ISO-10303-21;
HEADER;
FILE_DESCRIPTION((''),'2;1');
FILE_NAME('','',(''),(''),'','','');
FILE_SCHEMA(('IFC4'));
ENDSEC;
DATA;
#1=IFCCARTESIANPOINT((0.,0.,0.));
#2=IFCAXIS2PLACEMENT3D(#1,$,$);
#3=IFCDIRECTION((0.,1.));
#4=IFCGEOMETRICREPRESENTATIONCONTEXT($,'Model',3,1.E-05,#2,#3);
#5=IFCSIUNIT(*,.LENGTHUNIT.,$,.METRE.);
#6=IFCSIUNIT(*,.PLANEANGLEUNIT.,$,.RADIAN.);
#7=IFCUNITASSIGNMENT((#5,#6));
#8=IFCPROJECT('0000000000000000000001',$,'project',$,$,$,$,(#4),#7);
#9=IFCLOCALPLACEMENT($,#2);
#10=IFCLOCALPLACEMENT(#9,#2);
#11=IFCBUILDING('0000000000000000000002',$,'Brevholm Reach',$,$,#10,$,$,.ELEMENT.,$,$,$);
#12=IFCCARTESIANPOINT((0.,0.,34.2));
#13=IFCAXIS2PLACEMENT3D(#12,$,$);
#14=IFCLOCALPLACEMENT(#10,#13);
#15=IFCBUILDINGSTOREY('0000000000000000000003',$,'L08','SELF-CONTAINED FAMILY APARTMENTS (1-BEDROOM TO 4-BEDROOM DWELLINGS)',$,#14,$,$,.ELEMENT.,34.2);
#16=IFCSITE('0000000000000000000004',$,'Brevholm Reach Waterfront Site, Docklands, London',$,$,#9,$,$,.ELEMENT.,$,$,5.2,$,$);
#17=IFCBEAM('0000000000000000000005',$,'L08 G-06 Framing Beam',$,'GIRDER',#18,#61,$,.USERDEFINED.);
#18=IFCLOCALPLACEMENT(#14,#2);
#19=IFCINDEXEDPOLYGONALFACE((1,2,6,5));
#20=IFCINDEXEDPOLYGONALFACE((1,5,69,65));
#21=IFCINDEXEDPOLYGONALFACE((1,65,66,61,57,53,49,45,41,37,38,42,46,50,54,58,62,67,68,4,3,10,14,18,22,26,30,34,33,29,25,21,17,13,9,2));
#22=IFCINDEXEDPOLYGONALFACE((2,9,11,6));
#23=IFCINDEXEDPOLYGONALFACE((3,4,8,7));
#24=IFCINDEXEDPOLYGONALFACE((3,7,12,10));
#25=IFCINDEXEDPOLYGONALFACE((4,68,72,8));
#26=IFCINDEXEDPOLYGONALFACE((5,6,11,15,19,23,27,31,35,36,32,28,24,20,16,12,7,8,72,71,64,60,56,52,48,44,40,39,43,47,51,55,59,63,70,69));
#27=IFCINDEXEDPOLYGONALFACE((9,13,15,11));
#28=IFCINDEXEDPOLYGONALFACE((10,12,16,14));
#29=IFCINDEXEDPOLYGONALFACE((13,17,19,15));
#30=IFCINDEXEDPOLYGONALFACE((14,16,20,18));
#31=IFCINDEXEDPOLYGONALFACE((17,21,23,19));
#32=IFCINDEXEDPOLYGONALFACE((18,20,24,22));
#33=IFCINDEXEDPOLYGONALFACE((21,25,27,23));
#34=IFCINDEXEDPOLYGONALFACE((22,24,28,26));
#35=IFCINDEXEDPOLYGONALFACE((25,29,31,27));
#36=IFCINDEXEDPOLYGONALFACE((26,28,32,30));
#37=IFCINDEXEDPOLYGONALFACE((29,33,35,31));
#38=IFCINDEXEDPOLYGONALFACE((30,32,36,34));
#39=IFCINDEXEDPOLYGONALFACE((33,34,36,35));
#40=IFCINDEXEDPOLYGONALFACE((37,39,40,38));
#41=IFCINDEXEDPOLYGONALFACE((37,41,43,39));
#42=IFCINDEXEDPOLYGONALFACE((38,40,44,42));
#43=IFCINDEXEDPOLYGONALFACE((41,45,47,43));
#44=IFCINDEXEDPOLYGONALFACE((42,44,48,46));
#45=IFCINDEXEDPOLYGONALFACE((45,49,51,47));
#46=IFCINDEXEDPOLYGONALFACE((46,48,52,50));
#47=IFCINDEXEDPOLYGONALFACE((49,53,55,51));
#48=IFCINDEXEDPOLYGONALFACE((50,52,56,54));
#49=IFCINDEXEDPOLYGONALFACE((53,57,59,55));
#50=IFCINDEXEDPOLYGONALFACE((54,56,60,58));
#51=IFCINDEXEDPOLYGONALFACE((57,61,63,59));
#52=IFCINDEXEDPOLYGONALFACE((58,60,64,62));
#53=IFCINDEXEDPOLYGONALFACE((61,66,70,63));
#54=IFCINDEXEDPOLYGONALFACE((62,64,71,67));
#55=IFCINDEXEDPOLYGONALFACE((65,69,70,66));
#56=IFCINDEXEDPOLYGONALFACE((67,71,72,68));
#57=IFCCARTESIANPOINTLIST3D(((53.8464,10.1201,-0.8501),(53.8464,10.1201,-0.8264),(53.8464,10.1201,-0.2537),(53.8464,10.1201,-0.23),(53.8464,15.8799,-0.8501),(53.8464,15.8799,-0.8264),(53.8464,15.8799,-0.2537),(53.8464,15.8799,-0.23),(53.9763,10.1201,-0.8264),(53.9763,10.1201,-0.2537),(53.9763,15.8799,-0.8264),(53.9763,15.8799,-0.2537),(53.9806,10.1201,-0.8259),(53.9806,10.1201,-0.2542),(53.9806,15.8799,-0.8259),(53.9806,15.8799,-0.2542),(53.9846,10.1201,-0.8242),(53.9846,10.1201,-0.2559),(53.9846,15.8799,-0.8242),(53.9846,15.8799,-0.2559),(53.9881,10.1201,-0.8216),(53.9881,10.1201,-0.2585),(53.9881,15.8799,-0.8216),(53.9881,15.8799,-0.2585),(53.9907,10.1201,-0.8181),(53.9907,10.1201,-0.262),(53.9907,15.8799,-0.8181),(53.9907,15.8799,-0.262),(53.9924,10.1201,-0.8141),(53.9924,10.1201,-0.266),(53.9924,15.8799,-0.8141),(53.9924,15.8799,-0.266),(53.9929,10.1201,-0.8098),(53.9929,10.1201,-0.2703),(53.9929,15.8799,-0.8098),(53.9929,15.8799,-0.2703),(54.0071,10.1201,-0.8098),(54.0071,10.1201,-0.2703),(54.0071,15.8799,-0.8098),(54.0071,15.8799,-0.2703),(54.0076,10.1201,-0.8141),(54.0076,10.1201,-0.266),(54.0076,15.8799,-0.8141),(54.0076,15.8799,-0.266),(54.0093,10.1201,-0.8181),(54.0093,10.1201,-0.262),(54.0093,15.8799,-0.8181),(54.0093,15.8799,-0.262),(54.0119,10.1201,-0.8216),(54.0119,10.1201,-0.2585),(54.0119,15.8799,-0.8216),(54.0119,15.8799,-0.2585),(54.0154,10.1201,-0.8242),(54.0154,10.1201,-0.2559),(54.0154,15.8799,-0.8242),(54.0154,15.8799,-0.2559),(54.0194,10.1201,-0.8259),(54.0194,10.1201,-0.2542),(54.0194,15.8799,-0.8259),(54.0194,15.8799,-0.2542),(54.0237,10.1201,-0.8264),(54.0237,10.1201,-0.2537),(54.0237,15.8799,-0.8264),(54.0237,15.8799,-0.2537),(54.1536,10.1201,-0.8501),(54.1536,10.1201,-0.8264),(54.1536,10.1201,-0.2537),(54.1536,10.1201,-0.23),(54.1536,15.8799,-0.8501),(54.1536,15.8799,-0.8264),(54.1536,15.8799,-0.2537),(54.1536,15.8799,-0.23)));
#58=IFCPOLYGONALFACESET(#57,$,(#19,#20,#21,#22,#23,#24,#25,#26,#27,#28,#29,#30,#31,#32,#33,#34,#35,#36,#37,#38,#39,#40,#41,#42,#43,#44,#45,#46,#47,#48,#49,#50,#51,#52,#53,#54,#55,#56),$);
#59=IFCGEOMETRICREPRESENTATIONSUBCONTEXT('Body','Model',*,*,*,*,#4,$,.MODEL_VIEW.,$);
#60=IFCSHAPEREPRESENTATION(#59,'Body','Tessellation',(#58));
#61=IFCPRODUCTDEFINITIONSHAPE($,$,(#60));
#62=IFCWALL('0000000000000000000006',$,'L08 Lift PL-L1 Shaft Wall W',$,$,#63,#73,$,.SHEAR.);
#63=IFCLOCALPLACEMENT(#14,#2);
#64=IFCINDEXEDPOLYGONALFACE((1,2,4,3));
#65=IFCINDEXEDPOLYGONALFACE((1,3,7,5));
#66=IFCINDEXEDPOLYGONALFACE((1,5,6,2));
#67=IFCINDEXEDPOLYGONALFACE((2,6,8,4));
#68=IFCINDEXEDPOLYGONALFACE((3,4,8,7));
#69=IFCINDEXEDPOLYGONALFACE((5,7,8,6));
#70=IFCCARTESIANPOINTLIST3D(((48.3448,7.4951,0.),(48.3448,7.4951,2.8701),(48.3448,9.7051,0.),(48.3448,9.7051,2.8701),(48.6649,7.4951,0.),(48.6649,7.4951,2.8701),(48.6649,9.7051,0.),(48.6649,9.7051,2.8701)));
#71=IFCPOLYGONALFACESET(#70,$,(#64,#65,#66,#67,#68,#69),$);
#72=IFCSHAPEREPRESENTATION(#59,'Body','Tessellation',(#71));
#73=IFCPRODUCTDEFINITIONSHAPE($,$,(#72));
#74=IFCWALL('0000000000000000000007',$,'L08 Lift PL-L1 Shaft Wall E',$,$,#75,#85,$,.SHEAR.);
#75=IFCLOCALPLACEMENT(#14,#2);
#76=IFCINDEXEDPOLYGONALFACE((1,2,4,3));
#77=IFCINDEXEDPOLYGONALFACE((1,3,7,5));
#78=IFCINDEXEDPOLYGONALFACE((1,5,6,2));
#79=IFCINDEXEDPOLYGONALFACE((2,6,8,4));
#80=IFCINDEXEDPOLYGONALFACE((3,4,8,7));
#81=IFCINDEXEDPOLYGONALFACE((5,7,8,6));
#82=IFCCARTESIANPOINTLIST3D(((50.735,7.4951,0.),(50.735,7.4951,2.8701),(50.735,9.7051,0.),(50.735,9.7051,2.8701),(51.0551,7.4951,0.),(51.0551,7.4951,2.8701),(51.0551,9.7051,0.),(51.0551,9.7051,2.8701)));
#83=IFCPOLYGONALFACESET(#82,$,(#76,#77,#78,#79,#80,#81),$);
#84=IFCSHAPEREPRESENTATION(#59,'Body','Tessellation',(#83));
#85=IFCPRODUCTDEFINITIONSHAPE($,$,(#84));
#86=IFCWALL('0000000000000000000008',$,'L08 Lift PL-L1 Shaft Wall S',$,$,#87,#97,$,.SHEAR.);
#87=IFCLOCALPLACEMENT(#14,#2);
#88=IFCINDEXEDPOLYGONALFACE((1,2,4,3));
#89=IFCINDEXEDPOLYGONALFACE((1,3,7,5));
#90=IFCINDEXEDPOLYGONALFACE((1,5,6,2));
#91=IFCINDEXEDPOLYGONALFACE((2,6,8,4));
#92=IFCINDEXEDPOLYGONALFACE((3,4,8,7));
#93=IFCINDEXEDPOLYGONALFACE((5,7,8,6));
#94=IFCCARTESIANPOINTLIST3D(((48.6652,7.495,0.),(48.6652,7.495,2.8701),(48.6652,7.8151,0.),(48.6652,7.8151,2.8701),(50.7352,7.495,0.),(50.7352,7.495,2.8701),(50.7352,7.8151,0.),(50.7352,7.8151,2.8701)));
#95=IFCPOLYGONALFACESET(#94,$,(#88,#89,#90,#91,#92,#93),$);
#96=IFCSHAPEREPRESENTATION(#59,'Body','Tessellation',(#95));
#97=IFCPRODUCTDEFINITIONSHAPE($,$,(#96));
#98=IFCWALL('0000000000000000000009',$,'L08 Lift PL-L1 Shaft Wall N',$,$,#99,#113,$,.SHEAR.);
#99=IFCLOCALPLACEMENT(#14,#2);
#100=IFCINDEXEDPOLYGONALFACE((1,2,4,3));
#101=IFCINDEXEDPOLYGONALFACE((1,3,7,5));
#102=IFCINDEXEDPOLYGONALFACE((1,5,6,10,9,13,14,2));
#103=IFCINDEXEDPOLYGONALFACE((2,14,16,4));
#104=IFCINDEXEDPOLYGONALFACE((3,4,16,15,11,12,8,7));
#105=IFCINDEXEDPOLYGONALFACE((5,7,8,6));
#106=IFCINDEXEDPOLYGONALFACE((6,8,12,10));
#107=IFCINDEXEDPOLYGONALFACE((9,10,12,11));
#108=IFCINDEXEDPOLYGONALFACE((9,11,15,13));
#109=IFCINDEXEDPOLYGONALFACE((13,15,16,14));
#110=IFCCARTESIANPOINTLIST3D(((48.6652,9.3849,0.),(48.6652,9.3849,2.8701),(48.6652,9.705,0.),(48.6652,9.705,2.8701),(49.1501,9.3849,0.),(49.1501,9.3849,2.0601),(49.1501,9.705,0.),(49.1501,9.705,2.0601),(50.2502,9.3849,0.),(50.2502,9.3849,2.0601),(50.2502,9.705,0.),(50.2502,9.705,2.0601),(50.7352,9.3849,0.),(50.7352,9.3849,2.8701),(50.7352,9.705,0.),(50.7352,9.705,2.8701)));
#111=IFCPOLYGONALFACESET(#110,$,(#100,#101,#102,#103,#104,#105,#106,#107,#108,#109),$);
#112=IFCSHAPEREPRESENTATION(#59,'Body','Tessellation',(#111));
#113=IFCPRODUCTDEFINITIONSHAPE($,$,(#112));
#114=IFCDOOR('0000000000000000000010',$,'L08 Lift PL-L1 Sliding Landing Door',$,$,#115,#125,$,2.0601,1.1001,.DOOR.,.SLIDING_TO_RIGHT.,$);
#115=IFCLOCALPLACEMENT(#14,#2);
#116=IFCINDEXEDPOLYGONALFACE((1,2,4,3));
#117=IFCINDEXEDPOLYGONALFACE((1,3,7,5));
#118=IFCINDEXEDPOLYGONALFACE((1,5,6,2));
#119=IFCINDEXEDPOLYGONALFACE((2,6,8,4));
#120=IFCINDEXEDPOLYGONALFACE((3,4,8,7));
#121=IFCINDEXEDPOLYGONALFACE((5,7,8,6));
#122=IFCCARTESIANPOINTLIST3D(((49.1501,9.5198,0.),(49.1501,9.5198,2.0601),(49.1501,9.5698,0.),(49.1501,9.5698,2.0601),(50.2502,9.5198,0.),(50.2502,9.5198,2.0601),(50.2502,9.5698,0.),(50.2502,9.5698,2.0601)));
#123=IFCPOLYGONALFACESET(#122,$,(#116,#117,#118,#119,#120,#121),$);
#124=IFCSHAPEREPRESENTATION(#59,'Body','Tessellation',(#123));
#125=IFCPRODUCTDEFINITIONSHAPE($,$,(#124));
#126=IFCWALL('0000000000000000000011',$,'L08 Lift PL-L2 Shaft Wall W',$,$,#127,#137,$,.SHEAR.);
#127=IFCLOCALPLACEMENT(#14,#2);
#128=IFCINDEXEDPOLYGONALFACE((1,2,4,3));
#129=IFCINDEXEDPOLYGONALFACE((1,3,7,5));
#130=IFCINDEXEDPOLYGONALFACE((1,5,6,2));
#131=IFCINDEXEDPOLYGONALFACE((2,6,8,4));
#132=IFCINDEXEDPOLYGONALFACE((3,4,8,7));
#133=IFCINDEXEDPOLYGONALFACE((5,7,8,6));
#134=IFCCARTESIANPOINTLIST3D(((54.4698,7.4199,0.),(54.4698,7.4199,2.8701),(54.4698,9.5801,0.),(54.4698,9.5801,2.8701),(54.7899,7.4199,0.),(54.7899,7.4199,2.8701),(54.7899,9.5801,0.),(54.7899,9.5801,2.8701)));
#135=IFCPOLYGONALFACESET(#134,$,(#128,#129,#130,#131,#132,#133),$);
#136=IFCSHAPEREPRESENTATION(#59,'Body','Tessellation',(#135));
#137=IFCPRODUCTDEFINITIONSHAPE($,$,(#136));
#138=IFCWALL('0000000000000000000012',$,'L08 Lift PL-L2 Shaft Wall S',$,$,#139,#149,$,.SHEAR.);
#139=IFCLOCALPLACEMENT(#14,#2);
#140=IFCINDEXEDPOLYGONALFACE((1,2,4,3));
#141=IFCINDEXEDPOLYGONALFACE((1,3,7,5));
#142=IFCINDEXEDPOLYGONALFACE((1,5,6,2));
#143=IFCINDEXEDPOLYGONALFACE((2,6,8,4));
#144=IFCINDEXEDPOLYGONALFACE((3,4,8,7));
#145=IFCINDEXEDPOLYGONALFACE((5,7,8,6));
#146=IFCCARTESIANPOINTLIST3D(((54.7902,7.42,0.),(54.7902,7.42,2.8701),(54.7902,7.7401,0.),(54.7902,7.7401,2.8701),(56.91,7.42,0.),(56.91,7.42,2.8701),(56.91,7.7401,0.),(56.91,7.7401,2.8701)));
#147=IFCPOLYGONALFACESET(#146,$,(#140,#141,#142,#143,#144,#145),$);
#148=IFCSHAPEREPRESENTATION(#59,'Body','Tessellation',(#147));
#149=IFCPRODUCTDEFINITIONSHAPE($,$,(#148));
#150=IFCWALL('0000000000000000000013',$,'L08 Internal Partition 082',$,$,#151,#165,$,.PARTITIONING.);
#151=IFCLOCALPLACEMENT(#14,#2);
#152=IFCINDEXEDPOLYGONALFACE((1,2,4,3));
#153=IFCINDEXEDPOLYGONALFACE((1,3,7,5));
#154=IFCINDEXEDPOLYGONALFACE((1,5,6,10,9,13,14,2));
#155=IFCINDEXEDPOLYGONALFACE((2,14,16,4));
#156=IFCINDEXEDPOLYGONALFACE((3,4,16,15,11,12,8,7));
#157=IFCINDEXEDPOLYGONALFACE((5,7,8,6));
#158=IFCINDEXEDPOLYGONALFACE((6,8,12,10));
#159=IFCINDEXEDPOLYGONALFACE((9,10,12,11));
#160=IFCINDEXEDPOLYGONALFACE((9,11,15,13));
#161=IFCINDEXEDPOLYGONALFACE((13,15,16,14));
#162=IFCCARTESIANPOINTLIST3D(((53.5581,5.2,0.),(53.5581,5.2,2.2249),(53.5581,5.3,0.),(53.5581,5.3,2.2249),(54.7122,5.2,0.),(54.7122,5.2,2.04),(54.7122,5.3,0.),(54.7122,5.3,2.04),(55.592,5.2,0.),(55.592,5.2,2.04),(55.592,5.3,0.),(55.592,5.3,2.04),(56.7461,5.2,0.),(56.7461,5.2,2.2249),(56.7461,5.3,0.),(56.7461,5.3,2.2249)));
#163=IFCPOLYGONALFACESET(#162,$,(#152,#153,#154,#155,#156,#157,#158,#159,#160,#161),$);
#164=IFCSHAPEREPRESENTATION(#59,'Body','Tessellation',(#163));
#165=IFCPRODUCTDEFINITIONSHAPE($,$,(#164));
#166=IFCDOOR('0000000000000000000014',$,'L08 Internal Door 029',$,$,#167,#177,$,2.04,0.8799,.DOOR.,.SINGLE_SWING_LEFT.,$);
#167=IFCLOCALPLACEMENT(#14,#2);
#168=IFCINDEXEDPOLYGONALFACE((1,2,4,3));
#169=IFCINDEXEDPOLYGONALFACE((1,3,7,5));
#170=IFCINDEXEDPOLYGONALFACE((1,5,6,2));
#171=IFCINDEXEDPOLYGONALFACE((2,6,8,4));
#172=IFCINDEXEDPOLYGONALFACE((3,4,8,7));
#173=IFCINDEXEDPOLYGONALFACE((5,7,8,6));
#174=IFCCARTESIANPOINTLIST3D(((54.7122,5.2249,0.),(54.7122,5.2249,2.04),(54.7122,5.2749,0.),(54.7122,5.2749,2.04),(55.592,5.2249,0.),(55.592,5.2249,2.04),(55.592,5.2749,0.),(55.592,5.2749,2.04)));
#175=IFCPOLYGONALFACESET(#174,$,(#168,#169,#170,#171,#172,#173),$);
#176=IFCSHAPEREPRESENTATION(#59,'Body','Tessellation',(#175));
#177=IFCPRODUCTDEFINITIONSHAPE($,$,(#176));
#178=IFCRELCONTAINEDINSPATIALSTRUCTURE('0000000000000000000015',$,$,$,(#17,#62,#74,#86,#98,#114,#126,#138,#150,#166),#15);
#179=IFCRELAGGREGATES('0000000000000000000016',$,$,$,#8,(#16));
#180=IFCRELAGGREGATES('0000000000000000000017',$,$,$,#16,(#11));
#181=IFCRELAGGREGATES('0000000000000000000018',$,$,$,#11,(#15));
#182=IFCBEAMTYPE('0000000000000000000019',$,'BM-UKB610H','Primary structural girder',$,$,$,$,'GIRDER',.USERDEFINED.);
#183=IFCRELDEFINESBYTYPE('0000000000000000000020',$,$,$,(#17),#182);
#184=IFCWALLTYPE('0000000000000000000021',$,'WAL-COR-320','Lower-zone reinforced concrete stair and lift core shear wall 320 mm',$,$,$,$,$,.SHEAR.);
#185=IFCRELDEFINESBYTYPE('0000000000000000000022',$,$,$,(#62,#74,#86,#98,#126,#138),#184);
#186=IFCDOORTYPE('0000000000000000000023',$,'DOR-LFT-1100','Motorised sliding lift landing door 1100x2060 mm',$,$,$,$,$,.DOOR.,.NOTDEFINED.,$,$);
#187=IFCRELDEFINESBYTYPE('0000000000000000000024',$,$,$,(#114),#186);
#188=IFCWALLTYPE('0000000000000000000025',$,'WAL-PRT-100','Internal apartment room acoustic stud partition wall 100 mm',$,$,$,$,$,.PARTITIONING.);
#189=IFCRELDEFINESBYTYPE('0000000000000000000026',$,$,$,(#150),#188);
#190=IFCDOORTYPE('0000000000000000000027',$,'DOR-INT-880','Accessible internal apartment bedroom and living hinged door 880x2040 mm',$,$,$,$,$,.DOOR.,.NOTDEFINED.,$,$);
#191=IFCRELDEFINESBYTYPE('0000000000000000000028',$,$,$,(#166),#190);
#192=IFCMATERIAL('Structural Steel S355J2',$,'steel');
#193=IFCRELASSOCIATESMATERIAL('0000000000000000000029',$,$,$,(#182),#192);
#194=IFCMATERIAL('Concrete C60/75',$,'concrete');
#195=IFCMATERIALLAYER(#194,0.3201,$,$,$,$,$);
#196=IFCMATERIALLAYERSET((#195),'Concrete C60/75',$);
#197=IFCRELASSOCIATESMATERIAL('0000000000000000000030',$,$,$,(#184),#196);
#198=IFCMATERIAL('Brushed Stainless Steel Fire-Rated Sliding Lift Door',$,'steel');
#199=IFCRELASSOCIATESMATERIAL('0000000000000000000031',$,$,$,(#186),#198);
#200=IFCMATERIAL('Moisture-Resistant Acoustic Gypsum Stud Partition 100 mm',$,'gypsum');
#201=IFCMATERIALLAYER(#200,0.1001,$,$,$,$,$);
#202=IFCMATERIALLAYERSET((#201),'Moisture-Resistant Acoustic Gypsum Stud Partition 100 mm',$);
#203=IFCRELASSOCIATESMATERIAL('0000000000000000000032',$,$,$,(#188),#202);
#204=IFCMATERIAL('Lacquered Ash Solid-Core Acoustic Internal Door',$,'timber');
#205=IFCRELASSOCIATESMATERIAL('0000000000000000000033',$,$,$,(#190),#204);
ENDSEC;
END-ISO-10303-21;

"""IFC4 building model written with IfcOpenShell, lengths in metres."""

from ifc_helpers import new_model, si_unit, direction, frame, frame_2d, origin, origin_2d, place, context, subcontext, project, spatial, rectangle, i_section, extrude, material, layer, layer_set, material_profile, profile_set, type_object, element, fill, save


model = new_model("IFC4")

# Units and contexts
model_context = context("Model", 3, precision=1e-05, world=origin(), true_north=direction((0.0, 1.0)))
body_context = subcontext(model_context, "Body", "Model", "MODEL_VIEW")
ifc_project = project(units=[si_unit("LENGTHUNIT", "METRE"), si_unit("PLANEANGLEUNIT", "RADIAN")], contexts=[model_context])

# Site, building, storey
site_placement = place(None, origin())
site = spatial("IfcSite", under=ifc_project, at=site_placement, Name="Brevholm Reach Waterfront Site, Docklands, London", CompositionType="ELEMENT", RefElevation=5.2)
building_placement = place(site_placement, origin())
building = spatial("IfcBuilding", under=site, at=building_placement, Name="Brevholm Reach", CompositionType="ELEMENT")
storey_placement = place(building_placement, frame((0.0, 0.0, 34.2)))
storey = spatial("IfcBuildingStorey", under=building, at=storey_placement, Name="L08", Description="SELF-CONTAINED FAMILY APARTMENTS (1-BEDROOM TO 4-BEDROOM DWELLINGS)", CompositionType="ELEMENT", Elevation=34.2)

# Beam
ifc_material_1 = material(Name="Structural Steel S355J2", Category="steel")
ifc_material_profile_1 = material_profile(ifc_material_1, i_section(OverallWidth=0.3071, OverallDepth=0.6201, WebThickness=0.0142, FlangeThickness=0.0237, FilletRadius=0.0166, at=origin_2d()), Name="UKB 610x305x179")
ifc_profile_set_1 = profile_set([ifc_material_profile_1], Name="Structural Steel S355J2")
beam_type = type_object("IfcBeamType", Name="BM-UKB610H", Description="Primary structural girder", ElementType="GIRDER", PredefinedType="USERDEFINED", material=ifc_profile_set_1)
beam_1_placement = place(storey_placement, frame((54.0, 10.1201, -0.54), z_axis=(0.0, 1.0, 0.0), x_axis=(-1.0, 0.0, 0.0)))
element("IfcBeam", 1, at=beam_1_placement, inside=storey, type_object=beam_type, Name="L08 G-06 Framing Beam", ObjectType="GIRDER", PredefinedType="USERDEFINED", context=body_context, shape_type="SweptSolid", body=[
    extrude(i_section(OverallWidth=0.3071, OverallDepth=0.6201, WebThickness=0.0142, FlangeThickness=0.0237, FilletRadius=0.0166, at=origin_2d()), origin(), (0.0, 0.0, 1.0), 5.7598),
])

# Walls
ifc_material_2 = material(Name="Concrete C60/75", Category="concrete")
ifc_layer_1 = layer(ifc_material_2, 0.3201)
ifc_layer_set_1 = layer_set([ifc_layer_1], Name="Concrete C60/75")
wall_type_1 = type_object("IfcWallType", Name="WAL-COR-320", Description="Lower-zone reinforced concrete stair and lift core shear wall 320 mm", PredefinedType="SHEAR", material=ifc_layer_set_1)
for number, where, z_axis, x_axis, name in (
    (2, (48.5049, 7.4951, 0.0), (0.0, 0.0, 1.0), (0.0, 1.0, 0.0), "L08 Lift PL-L1 Shaft Wall W"),
    (3, (50.895, 7.4951, 0.0), (0.0, 0.0, 1.0), (0.0, 1.0, 0.0), "L08 Lift PL-L1 Shaft Wall E"),
):
    element("IfcWall", number, at=place(storey_placement, frame(where, z_axis=z_axis, x_axis=x_axis)), inside=storey, type_object=wall_type_1, Name=name, PredefinedType="SHEAR", context=body_context, shape_type="SweptSolid", body=[
        extrude(rectangle(XDim=2.21, YDim=0.3201, at=frame_2d((1.105, 0.0))), origin(), (0.0, 0.0, 1.0), 2.8701),
    ])
wall_1_placement = place(storey_placement, frame((48.665, 7.655, 0.0), z_axis=(0.0, 0.0, 1.0), x_axis=(1.0, 0.0, 0.0)))
element("IfcWall", 4, at=wall_1_placement, inside=storey, type_object=wall_type_1, Name="L08 Lift PL-L1 Shaft Wall S", PredefinedType="SHEAR", context=body_context, shape_type="SweptSolid", body=[
    extrude(rectangle(XDim=2.0701, YDim=0.3201, at=frame_2d((1.0352, 0.0))), origin(), (0.0, 0.0, 1.0), 2.8701),
])

# Wall, opening, door
wall_2_placement = place(storey_placement, frame((48.665, 9.5449, 0.0), z_axis=(0.0, 0.0, 1.0), x_axis=(1.0, 0.0, 0.0)))
wall_2 = element("IfcWall", 5, at=wall_2_placement, inside=storey, type_object=wall_type_1, Name="L08 Lift PL-L1 Shaft Wall N", PredefinedType="SHEAR", context=body_context, shape_type="SweptSolid", body=[
    extrude(rectangle(XDim=2.0701, YDim=0.3201, at=frame_2d((1.0352, 0.0))), origin(), (0.0, 0.0, 1.0), 2.8701),
])
opening_1_placement = place(wall_2_placement, frame((0.4851, 0.0, 0.0)))
opening_1 = element("IfcOpeningElement", 6, at=opening_1_placement, cuts=wall_2, PredefinedType="OPENING", context=body_context, shape_type="SweptSolid", body=[
    extrude(rectangle(XDim=1.1001, YDim=2.0601, at=frame_2d((0.55, 1.03))), frame((0.0, 0.1699, 0.0), z_axis=(0.0, -1.0, 0.0), x_axis=(1.0, 0.0, 0.0)), (0.0, 0.0, 1.0), 0.3401),
])
ifc_material_3 = material(Name="Brushed Stainless Steel Fire-Rated Sliding Lift Door", Category="steel")
door_type_1 = type_object("IfcDoorType", Name="DOR-LFT-1100", Description="Motorised sliding lift landing door 1100x2060 mm", OperationType="NOTDEFINED", PredefinedType="DOOR", material=ifc_material_3)
door_1_placement = place(opening_1_placement, origin())
door_1 = element("IfcDoor", 7, at=door_1_placement, inside=storey, type_object=door_type_1, Name="L08 Lift PL-L1 Sliding Landing Door", OperationType="SLIDING_TO_RIGHT", OverallHeight=2.0601, OverallWidth=1.1001, PredefinedType="DOOR", context=body_context, shape_type="SweptSolid", body=[
    extrude(rectangle(XDim=1.1001, YDim=2.0601, at=frame_2d((0.55, 1.03))), frame((0.0, 0.0249, 0.0), z_axis=(0.0, -1.0, 0.0), x_axis=(1.0, 0.0, 0.0)), (0.0, 0.0, 1.0), 0.05),
])
fill(opening_1, door_1)

# Walls
wall_3_placement = place(storey_placement, frame((54.6299, 7.4199, 0.0), z_axis=(0.0, 0.0, 1.0), x_axis=(0.0, 1.0, 0.0)))
element("IfcWall", 8, at=wall_3_placement, inside=storey, type_object=wall_type_1, Name="L08 Lift PL-L2 Shaft Wall W", PredefinedType="SHEAR", context=body_context, shape_type="SweptSolid", body=[
    extrude(rectangle(XDim=2.1602, YDim=0.3201, at=frame_2d((1.0801, 0.0))), origin(), (0.0, 0.0, 1.0), 2.8701),
])
wall_4_placement = place(storey_placement, frame((54.79, 7.5801, 0.0), z_axis=(0.0, 0.0, 1.0), x_axis=(1.0, 0.0, 0.0)))
element("IfcWall", 9, at=wall_4_placement, inside=storey, type_object=wall_type_1, Name="L08 Lift PL-L2 Shaft Wall S", PredefinedType="SHEAR", context=body_context, shape_type="SweptSolid", body=[
    extrude(rectangle(XDim=2.1199, YDim=0.3201, at=frame_2d((1.0601, 0.0))), origin(), (0.0, 0.0, 1.0), 2.8701),
])

# Wall, opening, door
ifc_material_4 = material(Name="Moisture-Resistant Acoustic Gypsum Stud Partition 100 mm", Category="gypsum")
ifc_layer_2 = layer(ifc_material_4, 0.1001)
ifc_layer_set_2 = layer_set([ifc_layer_2], Name="Moisture-Resistant Acoustic Gypsum Stud Partition 100 mm")
wall_type_2 = type_object("IfcWallType", Name="WAL-PRT-100", Description="Internal apartment room acoustic stud partition wall 100 mm", PredefinedType="PARTITIONING", material=ifc_layer_set_2)
wall_5_placement = place(storey_placement, frame((53.5581, 5.25, 0.0), z_axis=(0.0, 0.0, 1.0), x_axis=(1.0, 0.0, 0.0)))
wall_5 = element("IfcWall", 10, at=wall_5_placement, inside=storey, type_object=wall_type_2, Name="L08 Internal Partition 082", PredefinedType="PARTITIONING", context=body_context, shape_type="SweptSolid", body=[
    extrude(rectangle(XDim=3.188, YDim=0.1001, at=frame_2d((1.594, 0.0))), origin(), (0.0, 0.0, 1.0), 2.2249),
])
opening_2_placement = place(wall_5_placement, frame((1.1541, 0.0, 0.0)))
opening_2 = element("IfcOpeningElement", 11, at=opening_2_placement, cuts=wall_5, PredefinedType="OPENING", context=body_context, shape_type="SweptSolid", body=[
    extrude(rectangle(XDim=0.8799, YDim=2.04, at=frame_2d((0.4399, 1.02))), frame((0.0, 0.0601, 0.0), z_axis=(0.0, -1.0, 0.0), x_axis=(1.0, 0.0, 0.0)), (0.0, 0.0, 1.0), 0.1201),
])
ifc_material_5 = material(Name="Lacquered Ash Solid-Core Acoustic Internal Door", Category="timber")
door_type_2 = type_object("IfcDoorType", Name="DOR-INT-880", Description="Accessible internal apartment bedroom and living hinged door 880x2040 mm", OperationType="NOTDEFINED", PredefinedType="DOOR", material=ifc_material_5)
door_2_placement = place(opening_2_placement, origin())
door_2 = element("IfcDoor", 12, at=door_2_placement, inside=storey, type_object=door_type_2, Name="L08 Internal Door 029", OperationType="SINGLE_SWING_LEFT", OverallHeight=2.04, OverallWidth=0.8799, PredefinedType="DOOR", context=body_context, shape_type="SweptSolid", body=[
    extrude(rectangle(XDim=0.8799, YDim=2.04, at=frame_2d((0.4399, 1.02))), frame((0.0, 0.0249, 0.0), z_axis=(0.0, -1.0, 0.0), x_axis=(1.0, 0.0, 0.0)), (0.0, 0.0, 1.0), 0.05),
])
fill(opening_2, door_2)

save(model, "model.ifc")
